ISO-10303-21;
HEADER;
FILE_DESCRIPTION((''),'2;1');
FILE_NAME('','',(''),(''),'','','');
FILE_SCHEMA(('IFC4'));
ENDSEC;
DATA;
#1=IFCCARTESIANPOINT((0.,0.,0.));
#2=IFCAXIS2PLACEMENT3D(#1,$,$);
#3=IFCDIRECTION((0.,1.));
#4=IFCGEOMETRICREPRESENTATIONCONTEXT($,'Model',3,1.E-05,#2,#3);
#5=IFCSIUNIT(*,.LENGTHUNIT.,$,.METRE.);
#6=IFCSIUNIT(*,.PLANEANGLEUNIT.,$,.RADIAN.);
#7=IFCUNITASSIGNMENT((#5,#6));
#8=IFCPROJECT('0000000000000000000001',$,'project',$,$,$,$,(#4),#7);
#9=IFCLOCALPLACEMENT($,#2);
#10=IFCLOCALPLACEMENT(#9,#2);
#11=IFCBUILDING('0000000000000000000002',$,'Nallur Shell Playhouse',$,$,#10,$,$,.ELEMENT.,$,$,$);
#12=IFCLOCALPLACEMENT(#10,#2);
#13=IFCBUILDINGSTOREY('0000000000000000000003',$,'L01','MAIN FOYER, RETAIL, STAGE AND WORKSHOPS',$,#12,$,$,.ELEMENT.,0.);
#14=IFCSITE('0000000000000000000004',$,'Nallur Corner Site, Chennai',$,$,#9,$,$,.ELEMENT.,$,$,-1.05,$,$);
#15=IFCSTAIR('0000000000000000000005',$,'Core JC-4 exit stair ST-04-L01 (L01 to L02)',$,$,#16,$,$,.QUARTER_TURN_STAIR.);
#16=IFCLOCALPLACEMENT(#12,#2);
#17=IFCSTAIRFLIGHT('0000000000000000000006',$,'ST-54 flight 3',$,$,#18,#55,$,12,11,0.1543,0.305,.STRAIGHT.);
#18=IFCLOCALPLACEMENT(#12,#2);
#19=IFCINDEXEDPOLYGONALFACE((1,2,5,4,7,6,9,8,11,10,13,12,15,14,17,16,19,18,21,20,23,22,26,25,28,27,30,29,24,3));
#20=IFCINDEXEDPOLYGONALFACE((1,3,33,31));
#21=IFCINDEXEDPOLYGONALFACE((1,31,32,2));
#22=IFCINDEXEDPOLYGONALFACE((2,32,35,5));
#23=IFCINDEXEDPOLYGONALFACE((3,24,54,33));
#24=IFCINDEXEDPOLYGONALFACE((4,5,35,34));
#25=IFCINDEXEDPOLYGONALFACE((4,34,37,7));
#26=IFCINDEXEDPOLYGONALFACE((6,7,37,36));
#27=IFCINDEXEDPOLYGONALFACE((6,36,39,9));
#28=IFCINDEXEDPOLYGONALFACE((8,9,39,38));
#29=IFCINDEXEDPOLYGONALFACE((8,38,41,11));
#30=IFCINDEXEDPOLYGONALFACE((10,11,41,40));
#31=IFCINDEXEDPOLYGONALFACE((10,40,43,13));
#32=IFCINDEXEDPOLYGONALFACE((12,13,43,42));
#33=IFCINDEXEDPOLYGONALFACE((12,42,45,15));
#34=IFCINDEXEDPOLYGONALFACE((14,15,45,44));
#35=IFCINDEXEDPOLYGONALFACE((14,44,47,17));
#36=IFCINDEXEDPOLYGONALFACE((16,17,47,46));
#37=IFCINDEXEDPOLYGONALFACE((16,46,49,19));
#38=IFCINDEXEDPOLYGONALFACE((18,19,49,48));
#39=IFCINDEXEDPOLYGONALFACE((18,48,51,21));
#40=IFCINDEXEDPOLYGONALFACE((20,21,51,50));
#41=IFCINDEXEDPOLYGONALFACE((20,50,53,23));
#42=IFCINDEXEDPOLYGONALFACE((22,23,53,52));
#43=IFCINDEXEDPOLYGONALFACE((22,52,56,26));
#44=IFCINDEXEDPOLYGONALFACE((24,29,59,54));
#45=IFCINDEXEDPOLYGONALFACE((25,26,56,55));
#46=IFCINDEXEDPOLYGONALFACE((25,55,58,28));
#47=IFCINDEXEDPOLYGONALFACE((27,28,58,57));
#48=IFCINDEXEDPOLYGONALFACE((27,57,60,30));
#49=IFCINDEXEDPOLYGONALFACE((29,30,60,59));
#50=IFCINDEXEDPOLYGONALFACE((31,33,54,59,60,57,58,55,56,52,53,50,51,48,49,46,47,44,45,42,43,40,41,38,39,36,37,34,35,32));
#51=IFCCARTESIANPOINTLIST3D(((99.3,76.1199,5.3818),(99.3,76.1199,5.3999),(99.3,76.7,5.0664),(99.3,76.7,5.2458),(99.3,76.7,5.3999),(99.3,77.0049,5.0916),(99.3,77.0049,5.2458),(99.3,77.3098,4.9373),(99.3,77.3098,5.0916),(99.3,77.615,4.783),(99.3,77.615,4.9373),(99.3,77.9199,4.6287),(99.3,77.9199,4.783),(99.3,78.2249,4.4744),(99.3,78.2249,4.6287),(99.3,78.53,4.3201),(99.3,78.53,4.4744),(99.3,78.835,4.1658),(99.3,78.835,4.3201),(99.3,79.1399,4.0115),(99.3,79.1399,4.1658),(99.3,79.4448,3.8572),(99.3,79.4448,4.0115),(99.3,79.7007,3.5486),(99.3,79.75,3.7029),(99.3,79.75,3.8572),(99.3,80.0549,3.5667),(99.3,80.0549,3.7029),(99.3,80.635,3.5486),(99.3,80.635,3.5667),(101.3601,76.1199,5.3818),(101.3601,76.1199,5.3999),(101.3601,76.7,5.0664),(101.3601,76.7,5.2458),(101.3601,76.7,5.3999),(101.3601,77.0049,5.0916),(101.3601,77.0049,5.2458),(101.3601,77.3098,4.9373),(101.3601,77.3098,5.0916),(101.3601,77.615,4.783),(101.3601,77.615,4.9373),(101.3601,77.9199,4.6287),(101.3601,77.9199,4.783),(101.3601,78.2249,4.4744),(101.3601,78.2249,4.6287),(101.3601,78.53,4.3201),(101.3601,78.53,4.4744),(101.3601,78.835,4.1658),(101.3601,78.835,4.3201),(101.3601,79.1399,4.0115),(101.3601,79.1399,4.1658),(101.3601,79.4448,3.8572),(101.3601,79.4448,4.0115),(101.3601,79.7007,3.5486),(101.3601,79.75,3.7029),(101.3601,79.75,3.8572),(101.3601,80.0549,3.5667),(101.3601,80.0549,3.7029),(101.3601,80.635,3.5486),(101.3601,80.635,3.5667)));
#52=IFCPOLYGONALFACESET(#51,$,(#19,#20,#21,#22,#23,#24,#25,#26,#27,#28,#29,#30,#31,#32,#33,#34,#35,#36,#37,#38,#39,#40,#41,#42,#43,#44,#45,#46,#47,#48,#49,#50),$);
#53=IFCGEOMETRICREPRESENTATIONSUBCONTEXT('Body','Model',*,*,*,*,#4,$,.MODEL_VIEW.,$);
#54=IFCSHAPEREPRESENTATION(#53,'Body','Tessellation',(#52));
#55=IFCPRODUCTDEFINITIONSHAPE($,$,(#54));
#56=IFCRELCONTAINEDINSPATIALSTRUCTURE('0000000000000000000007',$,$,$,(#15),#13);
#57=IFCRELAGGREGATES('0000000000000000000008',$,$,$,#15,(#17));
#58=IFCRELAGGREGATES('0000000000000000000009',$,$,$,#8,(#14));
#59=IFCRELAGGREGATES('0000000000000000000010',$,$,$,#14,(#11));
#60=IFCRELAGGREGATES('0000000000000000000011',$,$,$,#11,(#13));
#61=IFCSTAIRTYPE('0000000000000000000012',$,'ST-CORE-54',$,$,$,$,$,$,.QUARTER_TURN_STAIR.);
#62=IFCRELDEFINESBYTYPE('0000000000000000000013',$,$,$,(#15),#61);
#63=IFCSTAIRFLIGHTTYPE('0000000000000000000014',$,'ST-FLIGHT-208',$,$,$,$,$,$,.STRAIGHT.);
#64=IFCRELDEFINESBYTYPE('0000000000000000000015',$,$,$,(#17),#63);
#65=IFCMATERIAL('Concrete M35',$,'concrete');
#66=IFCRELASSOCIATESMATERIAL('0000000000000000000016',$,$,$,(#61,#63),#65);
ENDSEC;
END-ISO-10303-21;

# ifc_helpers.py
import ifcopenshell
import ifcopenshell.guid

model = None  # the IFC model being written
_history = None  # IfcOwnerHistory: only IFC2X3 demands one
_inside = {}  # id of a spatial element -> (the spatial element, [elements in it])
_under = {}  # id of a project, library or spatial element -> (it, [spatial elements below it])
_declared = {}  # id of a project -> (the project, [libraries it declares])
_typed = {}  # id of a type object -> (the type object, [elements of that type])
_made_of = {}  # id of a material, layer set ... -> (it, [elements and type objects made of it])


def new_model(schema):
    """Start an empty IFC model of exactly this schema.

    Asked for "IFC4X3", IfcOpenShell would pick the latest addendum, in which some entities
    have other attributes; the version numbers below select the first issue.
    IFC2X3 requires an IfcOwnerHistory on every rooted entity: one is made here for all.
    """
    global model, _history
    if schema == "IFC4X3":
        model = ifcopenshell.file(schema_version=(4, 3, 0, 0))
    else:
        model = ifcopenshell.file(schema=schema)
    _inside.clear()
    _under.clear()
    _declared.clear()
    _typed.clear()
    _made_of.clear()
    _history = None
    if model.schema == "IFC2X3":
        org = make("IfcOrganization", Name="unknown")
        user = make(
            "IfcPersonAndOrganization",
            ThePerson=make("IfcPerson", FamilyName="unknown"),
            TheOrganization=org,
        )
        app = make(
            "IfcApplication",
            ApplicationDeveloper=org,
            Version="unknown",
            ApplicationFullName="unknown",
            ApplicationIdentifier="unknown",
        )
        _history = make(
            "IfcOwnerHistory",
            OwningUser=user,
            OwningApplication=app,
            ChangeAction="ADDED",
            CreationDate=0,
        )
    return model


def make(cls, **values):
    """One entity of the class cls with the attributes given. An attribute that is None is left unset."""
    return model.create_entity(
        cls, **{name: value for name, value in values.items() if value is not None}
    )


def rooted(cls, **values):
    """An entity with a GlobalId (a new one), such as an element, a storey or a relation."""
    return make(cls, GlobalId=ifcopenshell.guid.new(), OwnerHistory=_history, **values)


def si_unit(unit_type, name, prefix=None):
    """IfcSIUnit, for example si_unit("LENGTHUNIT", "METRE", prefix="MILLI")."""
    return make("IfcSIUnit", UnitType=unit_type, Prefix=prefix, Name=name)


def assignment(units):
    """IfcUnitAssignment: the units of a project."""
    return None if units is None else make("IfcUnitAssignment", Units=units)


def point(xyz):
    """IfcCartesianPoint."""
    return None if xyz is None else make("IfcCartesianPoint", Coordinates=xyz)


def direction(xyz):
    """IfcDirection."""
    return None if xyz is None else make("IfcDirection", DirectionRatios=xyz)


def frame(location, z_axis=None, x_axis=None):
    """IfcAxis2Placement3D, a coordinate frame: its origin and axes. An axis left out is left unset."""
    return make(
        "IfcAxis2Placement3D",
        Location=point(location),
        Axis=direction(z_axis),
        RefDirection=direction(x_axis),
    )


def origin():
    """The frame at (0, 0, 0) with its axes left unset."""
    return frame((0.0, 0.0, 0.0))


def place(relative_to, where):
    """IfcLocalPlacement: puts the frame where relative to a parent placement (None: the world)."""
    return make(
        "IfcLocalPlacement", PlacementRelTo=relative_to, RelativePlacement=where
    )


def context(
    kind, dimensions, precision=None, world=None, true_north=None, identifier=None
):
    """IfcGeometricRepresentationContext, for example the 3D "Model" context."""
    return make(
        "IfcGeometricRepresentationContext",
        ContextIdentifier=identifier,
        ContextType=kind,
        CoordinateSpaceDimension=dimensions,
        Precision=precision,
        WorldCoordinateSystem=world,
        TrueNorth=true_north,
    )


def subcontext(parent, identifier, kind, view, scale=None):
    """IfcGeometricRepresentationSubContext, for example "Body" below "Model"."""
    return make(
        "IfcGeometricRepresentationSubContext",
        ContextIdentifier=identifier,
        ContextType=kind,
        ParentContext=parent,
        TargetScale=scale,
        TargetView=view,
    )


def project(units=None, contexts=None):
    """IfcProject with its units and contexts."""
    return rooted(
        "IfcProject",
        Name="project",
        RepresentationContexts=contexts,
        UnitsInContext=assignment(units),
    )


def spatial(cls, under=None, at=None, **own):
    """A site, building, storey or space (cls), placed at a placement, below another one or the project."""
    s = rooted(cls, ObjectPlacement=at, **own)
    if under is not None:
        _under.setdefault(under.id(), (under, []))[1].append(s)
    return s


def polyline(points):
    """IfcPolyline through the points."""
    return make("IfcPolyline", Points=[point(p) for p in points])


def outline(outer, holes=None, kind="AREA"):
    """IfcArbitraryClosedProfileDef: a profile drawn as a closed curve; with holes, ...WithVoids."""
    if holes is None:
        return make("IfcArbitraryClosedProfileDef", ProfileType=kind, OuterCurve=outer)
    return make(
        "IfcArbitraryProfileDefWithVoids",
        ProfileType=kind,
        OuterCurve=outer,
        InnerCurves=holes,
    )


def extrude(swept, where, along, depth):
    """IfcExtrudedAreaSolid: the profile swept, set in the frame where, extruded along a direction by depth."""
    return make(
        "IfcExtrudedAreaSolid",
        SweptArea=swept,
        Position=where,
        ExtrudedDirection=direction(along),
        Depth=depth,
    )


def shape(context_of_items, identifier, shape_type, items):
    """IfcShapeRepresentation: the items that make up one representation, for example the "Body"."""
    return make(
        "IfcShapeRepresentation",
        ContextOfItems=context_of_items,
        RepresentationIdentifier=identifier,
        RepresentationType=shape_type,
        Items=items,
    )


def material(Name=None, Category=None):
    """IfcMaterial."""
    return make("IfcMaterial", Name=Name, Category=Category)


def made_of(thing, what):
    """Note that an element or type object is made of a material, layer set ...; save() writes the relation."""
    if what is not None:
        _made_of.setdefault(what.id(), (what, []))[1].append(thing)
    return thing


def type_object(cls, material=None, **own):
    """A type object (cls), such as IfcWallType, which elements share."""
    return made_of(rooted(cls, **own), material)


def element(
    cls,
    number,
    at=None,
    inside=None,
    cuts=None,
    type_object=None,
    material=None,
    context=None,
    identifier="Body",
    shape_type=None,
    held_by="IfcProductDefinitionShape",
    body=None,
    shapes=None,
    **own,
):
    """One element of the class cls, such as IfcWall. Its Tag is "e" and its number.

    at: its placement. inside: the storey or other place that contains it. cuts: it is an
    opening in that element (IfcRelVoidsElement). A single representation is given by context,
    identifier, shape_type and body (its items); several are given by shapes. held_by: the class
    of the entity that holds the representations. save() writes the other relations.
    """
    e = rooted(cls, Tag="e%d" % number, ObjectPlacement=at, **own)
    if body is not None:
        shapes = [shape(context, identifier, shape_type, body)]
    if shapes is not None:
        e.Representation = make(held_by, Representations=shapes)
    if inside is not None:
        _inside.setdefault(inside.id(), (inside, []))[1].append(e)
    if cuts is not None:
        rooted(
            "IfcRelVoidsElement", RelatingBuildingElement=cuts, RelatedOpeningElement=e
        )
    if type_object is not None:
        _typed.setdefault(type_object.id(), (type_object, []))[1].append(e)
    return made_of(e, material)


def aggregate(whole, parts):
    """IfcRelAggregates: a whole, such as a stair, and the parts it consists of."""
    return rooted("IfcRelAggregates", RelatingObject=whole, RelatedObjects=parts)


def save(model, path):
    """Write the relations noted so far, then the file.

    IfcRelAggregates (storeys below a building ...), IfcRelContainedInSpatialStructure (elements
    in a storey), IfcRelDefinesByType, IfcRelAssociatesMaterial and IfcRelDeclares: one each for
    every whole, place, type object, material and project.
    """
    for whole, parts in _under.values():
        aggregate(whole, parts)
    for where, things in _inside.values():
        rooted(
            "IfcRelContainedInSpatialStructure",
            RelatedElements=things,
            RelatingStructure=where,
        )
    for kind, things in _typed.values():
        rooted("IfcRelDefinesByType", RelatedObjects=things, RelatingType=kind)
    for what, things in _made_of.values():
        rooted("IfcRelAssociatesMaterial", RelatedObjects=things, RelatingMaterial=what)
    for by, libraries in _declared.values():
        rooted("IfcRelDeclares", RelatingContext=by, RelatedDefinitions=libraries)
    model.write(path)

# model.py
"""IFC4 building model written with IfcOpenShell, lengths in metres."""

from ifc_helpers import new_model, si_unit, direction, frame, origin, place, context, subcontext, project, spatial, polyline, outline, extrude, material, type_object, element, aggregate, save


model = new_model("IFC4")

# Units and contexts
model_context = context("Model", 3, precision=1e-05, world=origin(), true_north=direction((0.0, 1.0)))
body_context = subcontext(model_context, "Body", "Model", "MODEL_VIEW")
ifc_project = project(units=[si_unit("LENGTHUNIT", "METRE"), si_unit("PLANEANGLEUNIT", "RADIAN")], contexts=[model_context])

# Site, building, storey
site_placement = place(None, origin())
site = spatial("IfcSite", under=ifc_project, at=site_placement, Name="Nallur Corner Site, Chennai", CompositionType="ELEMENT", RefElevation=-1.05)
building_placement = place(site_placement, origin())
building = spatial("IfcBuilding", under=site, at=building_placement, Name="Nallur Shell Playhouse", CompositionType="ELEMENT")
storey_placement = place(building_placement, origin())
storey = spatial("IfcBuildingStorey", under=building, at=storey_placement, Name="L01", Description="MAIN FOYER, RETAIL, STAGE AND WORKSHOPS", CompositionType="ELEMENT", Elevation=0.0)

# Shared definitions
ifc_material_1 = material(Name="Concrete M35", Category="concrete")

# Stair, stair flight
stair_type = type_object("IfcStairType", Name="ST-CORE-54", PredefinedType="QUARTER_TURN_STAIR", material=ifc_material_1)
stair_placement = place(storey_placement, origin())
stair = element("IfcStair", 1, at=stair_placement, inside=storey, type_object=stair_type, Name="Core JC-4 exit stair ST-04-L01 (L01 to L02)", PredefinedType="QUARTER_TURN_STAIR")
stair_flight_type = type_object("IfcStairFlightType", Name="ST-FLIGHT-208", PredefinedType="STRAIGHT", material=ifc_material_1)
stair_flight_1_placement = place(storey_placement, frame((100.3301, 80.0549, 3.5486), z_axis=(0.0, 0.0, 1.0), x_axis=(0.0, -1.0, 0.0)))
stair_flight_1 = element("IfcStairFlight", 2, at=stair_flight_1_placement, type_object=stair_flight_type, Name="ST-54 flight 3", NumberOfRisers=12, NumberOfTreads=11, PredefinedType="STRAIGHT", RiserHeight=0.1543, TreadLength=0.305, context=body_context, shape_type="SweptSolid", body=[
    extrude(outline(polyline([(-0.5801, 0.0), (-0.5801, 0.0181), (0.0, 0.0181), (0.0, 0.1543), (0.3049, 0.1543), (0.3049, 0.3086), (0.6101, 0.3086), (0.6101, 0.4629), (0.915, 0.4629), (0.915, 0.6172), (1.22, 0.6172), (1.22, 0.7715), (1.5249, 0.7715), (1.5249, 0.9258), (1.8301, 0.9258), (1.8301, 1.0801), (2.135, 1.0801), (2.135, 1.2344), (2.4399, 1.2344), (2.4399, 1.3887), (2.7451, 1.3887), (2.7451, 1.543), (3.05, 1.543), (3.05, 1.6973), (3.355, 1.6973), (3.355, 1.8513), (3.9351, 1.8513), (3.9351, 1.8333), (3.355, 1.5178), (0.3542, 0.0), (-0.5801, 0.0)])), frame((0.0, 1.03, 0.0), z_axis=(0.0, -1.0, 0.0), x_axis=(1.0, 0.0, 0.0)), (0.0, 0.0, 1.0), 2.0601),
])
aggregate(stair, [stair_flight_1])

save(model, "model.ifc")
